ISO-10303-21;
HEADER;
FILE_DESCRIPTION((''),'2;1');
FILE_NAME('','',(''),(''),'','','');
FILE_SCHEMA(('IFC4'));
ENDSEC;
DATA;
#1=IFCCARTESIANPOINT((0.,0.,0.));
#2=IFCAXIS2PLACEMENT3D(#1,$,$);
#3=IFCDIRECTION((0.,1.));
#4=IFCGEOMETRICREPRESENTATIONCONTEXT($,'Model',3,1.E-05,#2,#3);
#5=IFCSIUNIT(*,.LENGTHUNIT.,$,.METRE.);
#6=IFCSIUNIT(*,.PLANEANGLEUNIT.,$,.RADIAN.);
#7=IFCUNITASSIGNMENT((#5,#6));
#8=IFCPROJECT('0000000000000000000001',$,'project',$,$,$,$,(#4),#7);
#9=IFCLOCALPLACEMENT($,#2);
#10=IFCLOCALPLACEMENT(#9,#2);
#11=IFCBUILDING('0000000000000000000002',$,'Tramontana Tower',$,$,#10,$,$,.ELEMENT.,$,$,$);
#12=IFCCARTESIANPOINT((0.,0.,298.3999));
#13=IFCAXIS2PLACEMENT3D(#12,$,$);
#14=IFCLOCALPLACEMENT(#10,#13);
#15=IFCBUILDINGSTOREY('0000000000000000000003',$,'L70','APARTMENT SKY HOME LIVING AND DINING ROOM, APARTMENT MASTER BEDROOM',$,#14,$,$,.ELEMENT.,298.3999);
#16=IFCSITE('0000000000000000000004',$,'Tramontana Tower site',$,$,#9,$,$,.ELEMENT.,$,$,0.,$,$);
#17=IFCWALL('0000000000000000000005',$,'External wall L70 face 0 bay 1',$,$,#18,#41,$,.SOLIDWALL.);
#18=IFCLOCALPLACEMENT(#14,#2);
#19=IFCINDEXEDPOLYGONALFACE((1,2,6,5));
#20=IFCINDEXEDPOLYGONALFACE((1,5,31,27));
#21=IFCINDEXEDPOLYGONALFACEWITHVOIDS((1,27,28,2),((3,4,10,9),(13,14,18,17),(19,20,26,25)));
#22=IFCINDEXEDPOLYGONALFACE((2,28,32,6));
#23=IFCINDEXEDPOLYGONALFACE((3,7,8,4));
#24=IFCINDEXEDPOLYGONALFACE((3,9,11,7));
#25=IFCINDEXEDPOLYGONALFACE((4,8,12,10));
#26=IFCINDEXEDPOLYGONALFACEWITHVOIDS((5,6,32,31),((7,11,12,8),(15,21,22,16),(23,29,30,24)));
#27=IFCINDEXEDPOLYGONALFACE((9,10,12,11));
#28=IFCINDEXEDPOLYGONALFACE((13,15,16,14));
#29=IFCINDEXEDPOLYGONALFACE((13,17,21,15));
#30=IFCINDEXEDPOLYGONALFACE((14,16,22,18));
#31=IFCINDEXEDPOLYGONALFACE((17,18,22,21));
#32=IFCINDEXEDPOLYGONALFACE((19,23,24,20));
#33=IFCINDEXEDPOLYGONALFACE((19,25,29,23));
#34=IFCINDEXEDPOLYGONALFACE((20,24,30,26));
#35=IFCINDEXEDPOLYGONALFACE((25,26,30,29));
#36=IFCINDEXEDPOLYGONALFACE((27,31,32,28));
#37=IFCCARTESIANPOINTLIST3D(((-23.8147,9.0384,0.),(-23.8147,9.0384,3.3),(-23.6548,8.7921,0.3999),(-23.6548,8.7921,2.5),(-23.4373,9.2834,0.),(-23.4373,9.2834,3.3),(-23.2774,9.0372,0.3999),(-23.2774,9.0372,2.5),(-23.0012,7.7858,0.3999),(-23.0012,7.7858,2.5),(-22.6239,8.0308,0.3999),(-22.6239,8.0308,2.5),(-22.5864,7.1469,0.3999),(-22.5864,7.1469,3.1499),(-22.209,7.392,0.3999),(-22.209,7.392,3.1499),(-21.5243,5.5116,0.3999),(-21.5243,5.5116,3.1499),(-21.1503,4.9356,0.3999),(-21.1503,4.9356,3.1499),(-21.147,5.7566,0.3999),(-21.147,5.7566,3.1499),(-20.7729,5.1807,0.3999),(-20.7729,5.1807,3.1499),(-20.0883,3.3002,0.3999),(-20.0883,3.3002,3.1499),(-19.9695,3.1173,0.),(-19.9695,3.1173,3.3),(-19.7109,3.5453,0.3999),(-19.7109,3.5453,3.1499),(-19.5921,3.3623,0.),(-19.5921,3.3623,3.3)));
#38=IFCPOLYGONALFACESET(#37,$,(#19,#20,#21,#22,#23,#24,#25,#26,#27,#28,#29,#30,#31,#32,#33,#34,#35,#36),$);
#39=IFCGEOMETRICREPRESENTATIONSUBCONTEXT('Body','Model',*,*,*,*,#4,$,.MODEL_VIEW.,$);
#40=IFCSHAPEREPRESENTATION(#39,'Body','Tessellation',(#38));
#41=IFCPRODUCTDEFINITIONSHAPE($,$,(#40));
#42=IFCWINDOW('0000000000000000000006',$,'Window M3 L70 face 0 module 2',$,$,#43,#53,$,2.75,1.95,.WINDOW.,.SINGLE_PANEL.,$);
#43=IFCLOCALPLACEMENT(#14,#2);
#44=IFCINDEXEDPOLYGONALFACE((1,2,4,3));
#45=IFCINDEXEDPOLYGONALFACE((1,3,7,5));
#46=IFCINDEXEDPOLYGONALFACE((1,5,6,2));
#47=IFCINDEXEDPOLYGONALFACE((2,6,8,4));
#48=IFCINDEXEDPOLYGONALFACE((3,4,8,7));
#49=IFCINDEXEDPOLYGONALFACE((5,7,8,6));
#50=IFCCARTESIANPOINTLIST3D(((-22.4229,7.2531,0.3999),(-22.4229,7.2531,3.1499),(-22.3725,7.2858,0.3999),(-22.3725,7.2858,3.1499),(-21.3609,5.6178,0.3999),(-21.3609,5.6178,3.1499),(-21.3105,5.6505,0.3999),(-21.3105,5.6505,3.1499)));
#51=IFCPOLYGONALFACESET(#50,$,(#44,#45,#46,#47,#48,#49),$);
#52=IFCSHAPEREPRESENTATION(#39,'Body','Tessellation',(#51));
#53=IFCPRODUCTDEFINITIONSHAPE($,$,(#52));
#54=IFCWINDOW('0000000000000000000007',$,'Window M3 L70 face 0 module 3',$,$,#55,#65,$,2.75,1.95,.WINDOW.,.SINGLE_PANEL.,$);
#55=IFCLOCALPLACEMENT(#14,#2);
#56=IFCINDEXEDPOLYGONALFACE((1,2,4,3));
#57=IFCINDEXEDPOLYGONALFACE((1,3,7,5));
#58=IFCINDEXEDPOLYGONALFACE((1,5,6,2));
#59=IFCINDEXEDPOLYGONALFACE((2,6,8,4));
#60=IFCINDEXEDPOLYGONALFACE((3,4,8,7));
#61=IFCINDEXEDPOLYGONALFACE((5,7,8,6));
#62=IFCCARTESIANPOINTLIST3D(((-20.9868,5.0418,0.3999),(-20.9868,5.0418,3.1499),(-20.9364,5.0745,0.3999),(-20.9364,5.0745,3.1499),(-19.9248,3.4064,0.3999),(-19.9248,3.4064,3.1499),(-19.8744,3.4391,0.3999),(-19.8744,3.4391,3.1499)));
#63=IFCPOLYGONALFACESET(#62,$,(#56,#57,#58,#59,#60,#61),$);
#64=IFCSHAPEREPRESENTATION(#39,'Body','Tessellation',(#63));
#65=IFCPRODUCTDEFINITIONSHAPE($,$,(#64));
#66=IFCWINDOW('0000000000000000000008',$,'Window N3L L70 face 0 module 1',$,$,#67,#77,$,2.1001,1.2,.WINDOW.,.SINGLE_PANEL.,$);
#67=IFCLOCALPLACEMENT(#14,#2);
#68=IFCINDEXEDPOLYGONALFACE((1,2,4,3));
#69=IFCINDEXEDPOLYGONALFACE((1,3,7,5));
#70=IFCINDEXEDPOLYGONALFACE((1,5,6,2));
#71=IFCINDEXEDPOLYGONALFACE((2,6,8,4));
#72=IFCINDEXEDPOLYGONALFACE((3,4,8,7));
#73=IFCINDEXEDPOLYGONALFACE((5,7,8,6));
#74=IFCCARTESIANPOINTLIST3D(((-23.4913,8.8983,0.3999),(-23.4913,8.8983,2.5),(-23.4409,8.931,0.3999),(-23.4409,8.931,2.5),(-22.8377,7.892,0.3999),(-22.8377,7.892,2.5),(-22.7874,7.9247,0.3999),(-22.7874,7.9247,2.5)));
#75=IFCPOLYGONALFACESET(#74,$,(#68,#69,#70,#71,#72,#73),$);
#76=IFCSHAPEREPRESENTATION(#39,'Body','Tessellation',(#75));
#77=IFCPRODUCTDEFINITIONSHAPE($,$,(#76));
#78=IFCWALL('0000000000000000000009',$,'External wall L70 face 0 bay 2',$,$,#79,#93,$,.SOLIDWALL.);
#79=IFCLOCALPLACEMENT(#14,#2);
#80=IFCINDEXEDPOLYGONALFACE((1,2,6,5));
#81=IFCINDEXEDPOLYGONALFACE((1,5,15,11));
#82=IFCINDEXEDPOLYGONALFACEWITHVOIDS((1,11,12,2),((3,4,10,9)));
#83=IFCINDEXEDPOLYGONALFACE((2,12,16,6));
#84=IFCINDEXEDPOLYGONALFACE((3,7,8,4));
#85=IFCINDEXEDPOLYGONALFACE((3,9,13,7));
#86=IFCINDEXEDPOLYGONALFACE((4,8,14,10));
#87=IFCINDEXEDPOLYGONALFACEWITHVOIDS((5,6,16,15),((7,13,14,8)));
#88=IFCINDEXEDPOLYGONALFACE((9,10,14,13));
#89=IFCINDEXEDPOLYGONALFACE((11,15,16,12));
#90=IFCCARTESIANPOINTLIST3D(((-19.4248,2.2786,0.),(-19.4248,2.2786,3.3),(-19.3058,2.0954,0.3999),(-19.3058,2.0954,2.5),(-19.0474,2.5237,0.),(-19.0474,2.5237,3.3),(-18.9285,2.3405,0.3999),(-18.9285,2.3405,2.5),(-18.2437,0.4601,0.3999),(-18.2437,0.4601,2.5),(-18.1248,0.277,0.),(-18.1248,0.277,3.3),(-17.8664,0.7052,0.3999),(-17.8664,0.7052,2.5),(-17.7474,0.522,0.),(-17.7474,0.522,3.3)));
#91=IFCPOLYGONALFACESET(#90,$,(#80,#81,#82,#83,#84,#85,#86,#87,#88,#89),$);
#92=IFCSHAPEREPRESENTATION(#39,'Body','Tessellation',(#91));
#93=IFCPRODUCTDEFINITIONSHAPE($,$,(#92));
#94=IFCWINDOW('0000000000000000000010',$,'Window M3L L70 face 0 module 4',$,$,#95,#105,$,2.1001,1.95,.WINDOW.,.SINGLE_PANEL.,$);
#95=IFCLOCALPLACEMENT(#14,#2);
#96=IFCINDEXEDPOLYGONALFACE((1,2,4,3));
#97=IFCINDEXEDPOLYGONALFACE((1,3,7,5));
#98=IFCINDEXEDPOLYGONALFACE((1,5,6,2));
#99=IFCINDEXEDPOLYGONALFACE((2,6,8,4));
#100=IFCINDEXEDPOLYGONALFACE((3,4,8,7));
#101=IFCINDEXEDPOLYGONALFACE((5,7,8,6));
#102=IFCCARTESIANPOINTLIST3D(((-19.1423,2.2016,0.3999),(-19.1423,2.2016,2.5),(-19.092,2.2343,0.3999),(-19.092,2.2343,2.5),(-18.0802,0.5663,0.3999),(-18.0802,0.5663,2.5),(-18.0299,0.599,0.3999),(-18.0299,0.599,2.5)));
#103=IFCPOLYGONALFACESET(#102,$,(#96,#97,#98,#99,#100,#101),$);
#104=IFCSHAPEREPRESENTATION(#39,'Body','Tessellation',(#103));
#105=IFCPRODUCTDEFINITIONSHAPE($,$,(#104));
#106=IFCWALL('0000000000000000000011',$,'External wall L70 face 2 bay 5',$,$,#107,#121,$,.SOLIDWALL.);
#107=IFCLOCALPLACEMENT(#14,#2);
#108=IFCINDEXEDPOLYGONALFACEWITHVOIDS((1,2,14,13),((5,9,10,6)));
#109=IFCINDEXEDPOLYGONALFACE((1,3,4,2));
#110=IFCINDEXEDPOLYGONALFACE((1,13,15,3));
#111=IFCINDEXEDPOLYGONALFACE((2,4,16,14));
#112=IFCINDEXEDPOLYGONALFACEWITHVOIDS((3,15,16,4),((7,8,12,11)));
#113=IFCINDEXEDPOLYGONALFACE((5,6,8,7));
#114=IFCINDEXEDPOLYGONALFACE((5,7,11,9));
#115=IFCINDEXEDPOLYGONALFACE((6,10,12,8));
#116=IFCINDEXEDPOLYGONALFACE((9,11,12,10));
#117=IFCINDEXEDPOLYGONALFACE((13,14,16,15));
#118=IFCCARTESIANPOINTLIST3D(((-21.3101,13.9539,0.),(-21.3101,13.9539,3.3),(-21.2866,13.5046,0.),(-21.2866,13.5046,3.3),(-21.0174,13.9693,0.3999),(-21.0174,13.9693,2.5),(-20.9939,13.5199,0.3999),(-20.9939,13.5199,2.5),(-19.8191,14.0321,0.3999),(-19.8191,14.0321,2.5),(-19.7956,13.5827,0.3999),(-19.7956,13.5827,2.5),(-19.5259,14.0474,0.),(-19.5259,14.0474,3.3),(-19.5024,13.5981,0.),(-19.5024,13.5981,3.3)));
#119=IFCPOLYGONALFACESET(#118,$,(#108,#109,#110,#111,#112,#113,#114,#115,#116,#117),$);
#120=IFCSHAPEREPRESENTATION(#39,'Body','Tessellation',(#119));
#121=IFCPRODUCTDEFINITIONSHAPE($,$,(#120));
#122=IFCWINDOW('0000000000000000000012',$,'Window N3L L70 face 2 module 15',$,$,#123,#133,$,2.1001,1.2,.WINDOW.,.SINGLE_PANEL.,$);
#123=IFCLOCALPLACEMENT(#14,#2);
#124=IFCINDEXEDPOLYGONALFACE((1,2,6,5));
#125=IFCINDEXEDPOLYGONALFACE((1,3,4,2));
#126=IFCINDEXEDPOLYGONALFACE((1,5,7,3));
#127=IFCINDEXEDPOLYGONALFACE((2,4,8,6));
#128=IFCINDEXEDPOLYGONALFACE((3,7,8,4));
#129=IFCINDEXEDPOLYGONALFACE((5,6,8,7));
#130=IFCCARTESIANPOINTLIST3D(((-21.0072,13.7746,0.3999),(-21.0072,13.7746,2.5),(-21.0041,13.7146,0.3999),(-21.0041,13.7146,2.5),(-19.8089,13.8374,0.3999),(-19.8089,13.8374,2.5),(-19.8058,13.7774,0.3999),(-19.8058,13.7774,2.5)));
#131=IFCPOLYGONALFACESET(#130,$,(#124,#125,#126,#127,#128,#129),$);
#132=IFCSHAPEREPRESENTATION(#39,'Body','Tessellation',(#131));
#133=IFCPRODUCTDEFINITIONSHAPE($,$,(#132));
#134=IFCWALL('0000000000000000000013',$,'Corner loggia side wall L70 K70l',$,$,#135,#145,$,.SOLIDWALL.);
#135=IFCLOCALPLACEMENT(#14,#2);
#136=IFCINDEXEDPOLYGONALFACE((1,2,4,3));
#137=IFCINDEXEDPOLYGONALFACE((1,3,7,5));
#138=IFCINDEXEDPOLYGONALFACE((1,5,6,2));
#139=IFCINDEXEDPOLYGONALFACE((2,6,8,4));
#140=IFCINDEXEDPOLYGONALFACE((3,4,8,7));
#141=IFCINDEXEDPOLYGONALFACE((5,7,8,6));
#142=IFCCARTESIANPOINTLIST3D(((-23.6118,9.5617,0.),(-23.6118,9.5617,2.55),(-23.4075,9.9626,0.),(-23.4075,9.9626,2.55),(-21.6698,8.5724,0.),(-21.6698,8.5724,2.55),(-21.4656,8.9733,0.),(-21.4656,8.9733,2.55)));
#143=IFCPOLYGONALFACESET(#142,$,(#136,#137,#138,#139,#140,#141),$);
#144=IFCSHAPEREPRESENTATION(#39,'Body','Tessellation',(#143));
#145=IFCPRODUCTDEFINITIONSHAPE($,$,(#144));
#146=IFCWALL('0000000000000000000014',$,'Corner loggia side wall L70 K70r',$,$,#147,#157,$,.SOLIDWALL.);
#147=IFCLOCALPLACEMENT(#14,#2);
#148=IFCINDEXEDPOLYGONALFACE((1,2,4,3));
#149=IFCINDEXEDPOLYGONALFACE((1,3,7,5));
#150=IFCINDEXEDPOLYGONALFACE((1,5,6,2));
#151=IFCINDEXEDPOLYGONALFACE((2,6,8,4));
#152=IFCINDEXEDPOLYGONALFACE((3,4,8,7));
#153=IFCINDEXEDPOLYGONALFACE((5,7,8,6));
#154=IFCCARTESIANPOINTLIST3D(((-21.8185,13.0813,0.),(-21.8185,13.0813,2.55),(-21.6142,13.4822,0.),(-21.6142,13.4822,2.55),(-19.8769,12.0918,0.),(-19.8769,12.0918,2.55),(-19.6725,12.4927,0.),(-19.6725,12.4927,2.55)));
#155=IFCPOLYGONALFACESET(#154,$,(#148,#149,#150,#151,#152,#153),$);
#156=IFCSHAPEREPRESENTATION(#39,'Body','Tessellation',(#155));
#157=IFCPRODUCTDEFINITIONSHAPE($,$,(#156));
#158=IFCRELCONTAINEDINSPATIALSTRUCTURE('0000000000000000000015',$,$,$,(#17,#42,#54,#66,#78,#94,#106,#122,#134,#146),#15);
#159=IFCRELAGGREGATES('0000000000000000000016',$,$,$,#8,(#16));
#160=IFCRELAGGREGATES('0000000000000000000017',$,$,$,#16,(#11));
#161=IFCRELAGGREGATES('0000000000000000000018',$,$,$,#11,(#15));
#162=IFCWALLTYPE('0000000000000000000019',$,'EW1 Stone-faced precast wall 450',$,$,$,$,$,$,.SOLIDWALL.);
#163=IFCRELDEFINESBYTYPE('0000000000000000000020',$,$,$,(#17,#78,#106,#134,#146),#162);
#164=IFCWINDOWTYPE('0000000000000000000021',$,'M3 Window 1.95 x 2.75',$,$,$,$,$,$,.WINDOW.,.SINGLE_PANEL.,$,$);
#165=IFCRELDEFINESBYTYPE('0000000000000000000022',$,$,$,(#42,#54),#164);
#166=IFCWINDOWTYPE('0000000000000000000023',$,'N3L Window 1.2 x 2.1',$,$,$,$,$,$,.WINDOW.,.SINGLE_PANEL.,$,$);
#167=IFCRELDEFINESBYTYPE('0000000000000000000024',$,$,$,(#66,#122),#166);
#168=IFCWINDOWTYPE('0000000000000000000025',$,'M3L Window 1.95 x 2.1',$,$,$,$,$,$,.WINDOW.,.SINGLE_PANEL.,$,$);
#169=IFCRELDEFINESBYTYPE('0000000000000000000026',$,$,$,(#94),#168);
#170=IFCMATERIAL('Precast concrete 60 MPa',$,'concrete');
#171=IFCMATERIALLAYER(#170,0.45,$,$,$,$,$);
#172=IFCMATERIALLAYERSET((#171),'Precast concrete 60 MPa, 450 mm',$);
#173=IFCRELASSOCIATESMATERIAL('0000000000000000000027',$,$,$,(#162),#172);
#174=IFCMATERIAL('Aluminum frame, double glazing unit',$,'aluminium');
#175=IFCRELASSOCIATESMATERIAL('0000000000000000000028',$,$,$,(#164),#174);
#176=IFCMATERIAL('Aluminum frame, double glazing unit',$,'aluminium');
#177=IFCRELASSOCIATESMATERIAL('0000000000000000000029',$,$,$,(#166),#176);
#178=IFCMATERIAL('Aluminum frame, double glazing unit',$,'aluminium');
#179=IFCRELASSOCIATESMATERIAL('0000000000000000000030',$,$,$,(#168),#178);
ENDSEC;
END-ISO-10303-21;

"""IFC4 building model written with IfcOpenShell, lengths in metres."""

from ifc_helpers import new_model, si_unit, direction, frame, frame_2d, origin, place, context, subcontext, project, spatial, rectangle, extrude, material, layer, layer_set, type_object, element, fill, save


model = new_model("IFC4")

# Units and contexts
model_context = context("Model", 3, precision=1e-05, world=origin(), true_north=direction((0.0, 1.0)))
body_context = subcontext(model_context, "Body", "Model", "MODEL_VIEW")
ifc_project = project(units=[si_unit("LENGTHUNIT", "METRE"), si_unit("PLANEANGLEUNIT", "RADIAN")], contexts=[model_context])

# Site, building, storey
site_placement = place(None, origin())
site = spatial("IfcSite", under=ifc_project, at=site_placement, Name="Tramontana Tower site", CompositionType="ELEMENT", RefElevation=0.0)
building_placement = place(site_placement, origin())
building = spatial("IfcBuilding", under=site, at=building_placement, Name="Tramontana Tower", CompositionType="ELEMENT")
storey_placement = place(building_placement, frame((0.0, 0.0, 298.3999)))
storey = spatial("IfcBuildingStorey", under=building, at=storey_placement, Name="L70", Description="APARTMENT SKY HOME LIVING AND DINING ROOM, APARTMENT MASTER BEDROOM", CompositionType="ELEMENT", Elevation=298.3999)

# Wall, openings, windows
ifc_material_1 = material(Name="Precast concrete 60 MPa", Category="concrete")
ifc_layer_1 = layer(ifc_material_1, 0.45)
ifc_layer_set_1 = layer_set([ifc_layer_1], Name="Precast concrete 60 MPa, 450 mm")
wall_type_1 = type_object("IfcWallType", Name="EW1 Stone-faced precast wall 450", PredefinedType="SOLIDWALL", material=ifc_layer_set_1)
wall_1_placement = place(storey_placement, frame((-23.626, 9.1609, 0.0), z_axis=(0.0, 0.0, 1.0), x_axis=(0.544637, -0.838672, 0.0)))
wall_1 = element("IfcWall", 1, at=wall_1_placement, inside=storey, type_object=wall_type_1, Name="External wall L70 face 0 bay 1", PredefinedType="SOLIDWALL", context=body_context, shape_type="SweptSolid", body=[
    extrude(rectangle(XDim=7.0601, YDim=0.45, at=frame_2d((3.53, 0.0))), origin(), (0.0, 0.0, 1.0), 3.3),
])
opening_1_placement = place(wall_1_placement, frame((0.2935, 0.0, 0.3999)))
opening_1 = element("IfcOpeningElement", 2, at=opening_1_placement, cuts=wall_1, PredefinedType="OPENING", context=body_context, shape_type="SweptSolid", body=[
    extrude(rectangle(XDim=1.2, YDim=2.1001, at=frame_2d((0.6001, 1.05))), frame((0.0, 0.2349, 0.0), z_axis=(0.0, -1.0, 0.0), x_axis=(1.0, 0.0, 0.0)), (0.0, 0.0, 1.0), 0.47),
])
opening_2_placement = place(wall_1_placement, frame((2.2551, 0.0, 0.3999)))
opening_2 = element("IfcOpeningElement", 3, at=opening_2_placement, cuts=wall_1, PredefinedType="OPENING", context=body_context, shape_type="SweptSolid", body=[
    extrude(rectangle(XDim=1.95, YDim=2.75, at=frame_2d((0.9751, 1.375))), frame((0.0, 0.2349, 0.0), z_axis=(0.0, -1.0, 0.0), x_axis=(1.0, 0.0, 0.0)), (0.0, 0.0, 1.0), 0.47),
])
opening_3_placement = place(wall_1_placement, frame((4.8918, 0.0, 0.3999)))
opening_3 = element("IfcOpeningElement", 4, at=opening_3_placement, cuts=wall_1, PredefinedType="OPENING", context=body_context, shape_type="SweptSolid", body=[
    extrude(rectangle(XDim=1.95, YDim=2.75, at=frame_2d((0.9751, 1.375))), frame((0.0, 0.2349, 0.0), z_axis=(0.0, -1.0, 0.0), x_axis=(1.0, 0.0, 0.0)), (0.0, 0.0, 1.0), 0.47),
])
ifc_material_2 = material(Name="Aluminum frame, double glazing unit", Category="aluminium")
window_type_1 = type_object("IfcWindowType", Name="M3 Window 1.95 x 2.75", PartitioningType="SINGLE_PANEL", PredefinedType="WINDOW", material=ifc_material_2)
window_1_placement = place(opening_2_placement, origin())
window_1 = element("IfcWindow", 5, at=window_1_placement, inside=storey, type_object=window_type_1, Name="Window M3 L70 face 0 module 2", OverallHeight=2.75, OverallWidth=1.95, PartitioningType="SINGLE_PANEL", PredefinedType="WINDOW", context=body_context, shape_type="SweptSolid", body=[
    extrude(rectangle(XDim=1.95, YDim=2.75, at=frame_2d((0.9751, 1.375))), frame((0.0, 0.03, 0.0), z_axis=(0.0, -1.0, 0.0), x_axis=(1.0, 0.0, 0.0)), (0.0, 0.0, 1.0), 0.0601),
])
fill(opening_2, window_1)
window_2_placement = place(opening_3_placement, origin())
window_2 = element("IfcWindow", 6, at=window_2_placement, inside=storey, type_object=window_type_1, Name="Window M3 L70 face 0 module 3", OverallHeight=2.75, OverallWidth=1.95, PartitioningType="SINGLE_PANEL", PredefinedType="WINDOW", context=body_context, shape_type="SweptSolid", body=[
    extrude(rectangle(XDim=1.95, YDim=2.75, at=frame_2d((0.9751, 1.375))), frame((0.0, 0.03, 0.0), z_axis=(0.0, -1.0, 0.0), x_axis=(1.0, 0.0, 0.0)), (0.0, 0.0, 1.0), 0.0601),
])
fill(opening_3, window_2)
ifc_material_3 = material(Name="Aluminum frame, double glazing unit", Category="aluminium")
window_type_2 = type_object("IfcWindowType", Name="N3L Window 1.2 x 2.1", PartitioningType="SINGLE_PANEL", PredefinedType="WINDOW", material=ifc_material_3)
window_3_placement = place(opening_1_placement, origin())
window_3 = element("IfcWindow", 7, at=window_3_placement, inside=storey, type_object=window_type_2, Name="Window N3L L70 face 0 module 1", OverallHeight=2.1001, OverallWidth=1.2, PartitioningType="SINGLE_PANEL", PredefinedType="WINDOW", context=body_context, shape_type="SweptSolid", body=[
    extrude(rectangle(XDim=1.2, YDim=2.1001, at=frame_2d((0.6001, 1.05))), frame((0.0, 0.03, 0.0), z_axis=(0.0, -1.0, 0.0), x_axis=(1.0, 0.0, 0.0)), (0.0, 0.0, 1.0), 0.0601),
])
fill(opening_1, window_3)

# Walls, openings, windows
wall_2_placement = place(storey_placement, frame((-19.2361, 2.4011, 0.0), z_axis=(0.0, 0.0, 1.0), x_axis=(0.544676, -0.838647, 0.0)))
wall_2 = element("IfcWall", 8, at=wall_2_placement, inside=storey, type_object=wall_type_1, Name="External wall L70 face 0 bay 2", PredefinedType="SOLIDWALL", context=body_context, shape_type="SweptSolid", body=[
    extrude(rectangle(XDim=2.3867, YDim=0.45, at=frame_2d((1.1934, 0.0))), origin(), (0.0, 0.0, 1.0), 3.3),
])
opening_4_placement = place(wall_2_placement, frame((0.2183, 0.0, 0.3999)))
opening_4 = element("IfcOpeningElement", 9, at=opening_4_placement, cuts=wall_2, PredefinedType="OPENING", context=body_context, shape_type="SweptSolid", body=[
    extrude(rectangle(XDim=1.95, YDim=2.1001, at=frame_2d((0.9751, 1.05))), frame((0.0, 0.2349, 0.0), z_axis=(0.0, -1.0, 0.0), x_axis=(1.0, 0.0, 0.0)), (0.0, 0.0, 1.0), 0.47),
])
ifc_material_4 = material(Name="Aluminum frame, double glazing unit", Category="aluminium")
window_type_3 = type_object("IfcWindowType", Name="M3L Window 1.95 x 2.1", PartitioningType="SINGLE_PANEL", PredefinedType="WINDOW", material=ifc_material_4)
window_4_placement = place(opening_4_placement, origin())
window_4 = element("IfcWindow", 10, at=window_4_placement, inside=storey, type_object=window_type_3, Name="Window M3L L70 face 0 module 4", OverallHeight=2.1001, OverallWidth=1.95, PartitioningType="SINGLE_PANEL", PredefinedType="WINDOW", context=body_context, shape_type="SweptSolid", body=[
    extrude(rectangle(XDim=1.95, YDim=2.1001, at=frame_2d((0.9751, 1.05))), frame((0.0, 0.03, 0.0), z_axis=(0.0, -1.0, 0.0), x_axis=(1.0, 0.0, 0.0)), (0.0, 0.0, 1.0), 0.0601),
])
fill(opening_4, window_4)
wall_3_placement = place(storey_placement, frame((-19.5142, 13.8228, 0.0), z_axis=(0.0, 0.0, 1.0), x_axis=(-0.99863, -0.052336, 0.0)))
wall_3 = element("IfcWall", 11, at=wall_3_placement, inside=storey, type_object=wall_type_1, Name="External wall L70 face 2 bay 5", PredefinedType="SOLIDWALL", context=body_context, shape_type="SweptSolid", body=[
    extrude(rectangle(XDim=1.7866, YDim=0.45, at=frame_2d((0.8933, 0.0))), origin(), (0.0, 0.0, 1.0), 3.3),
])
opening_5_placement = place(wall_3_placement, frame((0.2935, 0.0, 0.3999)))
opening_5 = element("IfcOpeningElement", 12, at=opening_5_placement, cuts=wall_3, PredefinedType="OPENING", context=body_context, shape_type="SweptSolid", body=[
    extrude(rectangle(XDim=1.2, YDim=2.1001, at=frame_2d((0.6001, 1.05))), frame((0.0, 0.2349, 0.0), z_axis=(0.0, -1.0, 0.0), x_axis=(1.0, 0.0, 0.0)), (0.0, 0.0, 1.0), 0.47),
])
window_5_placement = place(opening_5_placement, origin())
window_5 = element("IfcWindow", 13, at=window_5_placement, inside=storey, type_object=window_type_2, Name="Window N3L L70 face 2 module 15", OverallHeight=2.1001, OverallWidth=1.2, PartitioningType="SINGLE_PANEL", PredefinedType="WINDOW", context=body_context, shape_type="SweptSolid", body=[
    extrude(rectangle(XDim=1.2, YDim=2.1001, at=frame_2d((0.6001, 1.05))), frame((0.0, 0.03, 0.0), z_axis=(0.0, -1.0, 0.0), x_axis=(1.0, 0.0, 0.0)), (0.0, 0.0, 1.0), 0.0601),
])
fill(opening_5, window_5)

# Walls
wall_4_placement = place(storey_placement, frame((-23.5098, 9.7622, 0.0), z_axis=(0.0, 0.0, 1.0), x_axis=(0.891041, -0.453922, 0.0)))
element("IfcWall", 14, at=wall_4_placement, inside=storey, type_object=wall_type_1, Name="Corner loggia side wall L70 K70l", PredefinedType="SOLIDWALL", context=body_context, shape_type="SweptSolid", body=[
    extrude(rectangle(XDim=2.1794, YDim=0.45, at=frame_2d((1.0898, 0.0))), origin(), (0.0, 0.0, 1.0), 2.55),
])
wall_5_placement = place(storey_placement, frame((-21.7163, 13.2817, 0.0), z_axis=(0.0, 0.0, 1.0), x_axis=(0.890973, -0.454057, 0.0)))
element("IfcWall", 15, at=wall_5_placement, inside=storey, type_object=wall_type_1, Name="Corner loggia side wall L70 K70r", PredefinedType="SOLIDWALL", context=body_context, shape_type="SweptSolid", body=[
    extrude(rectangle(XDim=2.1792, YDim=0.45, at=frame_2d((1.0896, 0.0))), origin(), (0.0, 0.0, 1.0), 2.55),
])

save(model, "model.ifc")
